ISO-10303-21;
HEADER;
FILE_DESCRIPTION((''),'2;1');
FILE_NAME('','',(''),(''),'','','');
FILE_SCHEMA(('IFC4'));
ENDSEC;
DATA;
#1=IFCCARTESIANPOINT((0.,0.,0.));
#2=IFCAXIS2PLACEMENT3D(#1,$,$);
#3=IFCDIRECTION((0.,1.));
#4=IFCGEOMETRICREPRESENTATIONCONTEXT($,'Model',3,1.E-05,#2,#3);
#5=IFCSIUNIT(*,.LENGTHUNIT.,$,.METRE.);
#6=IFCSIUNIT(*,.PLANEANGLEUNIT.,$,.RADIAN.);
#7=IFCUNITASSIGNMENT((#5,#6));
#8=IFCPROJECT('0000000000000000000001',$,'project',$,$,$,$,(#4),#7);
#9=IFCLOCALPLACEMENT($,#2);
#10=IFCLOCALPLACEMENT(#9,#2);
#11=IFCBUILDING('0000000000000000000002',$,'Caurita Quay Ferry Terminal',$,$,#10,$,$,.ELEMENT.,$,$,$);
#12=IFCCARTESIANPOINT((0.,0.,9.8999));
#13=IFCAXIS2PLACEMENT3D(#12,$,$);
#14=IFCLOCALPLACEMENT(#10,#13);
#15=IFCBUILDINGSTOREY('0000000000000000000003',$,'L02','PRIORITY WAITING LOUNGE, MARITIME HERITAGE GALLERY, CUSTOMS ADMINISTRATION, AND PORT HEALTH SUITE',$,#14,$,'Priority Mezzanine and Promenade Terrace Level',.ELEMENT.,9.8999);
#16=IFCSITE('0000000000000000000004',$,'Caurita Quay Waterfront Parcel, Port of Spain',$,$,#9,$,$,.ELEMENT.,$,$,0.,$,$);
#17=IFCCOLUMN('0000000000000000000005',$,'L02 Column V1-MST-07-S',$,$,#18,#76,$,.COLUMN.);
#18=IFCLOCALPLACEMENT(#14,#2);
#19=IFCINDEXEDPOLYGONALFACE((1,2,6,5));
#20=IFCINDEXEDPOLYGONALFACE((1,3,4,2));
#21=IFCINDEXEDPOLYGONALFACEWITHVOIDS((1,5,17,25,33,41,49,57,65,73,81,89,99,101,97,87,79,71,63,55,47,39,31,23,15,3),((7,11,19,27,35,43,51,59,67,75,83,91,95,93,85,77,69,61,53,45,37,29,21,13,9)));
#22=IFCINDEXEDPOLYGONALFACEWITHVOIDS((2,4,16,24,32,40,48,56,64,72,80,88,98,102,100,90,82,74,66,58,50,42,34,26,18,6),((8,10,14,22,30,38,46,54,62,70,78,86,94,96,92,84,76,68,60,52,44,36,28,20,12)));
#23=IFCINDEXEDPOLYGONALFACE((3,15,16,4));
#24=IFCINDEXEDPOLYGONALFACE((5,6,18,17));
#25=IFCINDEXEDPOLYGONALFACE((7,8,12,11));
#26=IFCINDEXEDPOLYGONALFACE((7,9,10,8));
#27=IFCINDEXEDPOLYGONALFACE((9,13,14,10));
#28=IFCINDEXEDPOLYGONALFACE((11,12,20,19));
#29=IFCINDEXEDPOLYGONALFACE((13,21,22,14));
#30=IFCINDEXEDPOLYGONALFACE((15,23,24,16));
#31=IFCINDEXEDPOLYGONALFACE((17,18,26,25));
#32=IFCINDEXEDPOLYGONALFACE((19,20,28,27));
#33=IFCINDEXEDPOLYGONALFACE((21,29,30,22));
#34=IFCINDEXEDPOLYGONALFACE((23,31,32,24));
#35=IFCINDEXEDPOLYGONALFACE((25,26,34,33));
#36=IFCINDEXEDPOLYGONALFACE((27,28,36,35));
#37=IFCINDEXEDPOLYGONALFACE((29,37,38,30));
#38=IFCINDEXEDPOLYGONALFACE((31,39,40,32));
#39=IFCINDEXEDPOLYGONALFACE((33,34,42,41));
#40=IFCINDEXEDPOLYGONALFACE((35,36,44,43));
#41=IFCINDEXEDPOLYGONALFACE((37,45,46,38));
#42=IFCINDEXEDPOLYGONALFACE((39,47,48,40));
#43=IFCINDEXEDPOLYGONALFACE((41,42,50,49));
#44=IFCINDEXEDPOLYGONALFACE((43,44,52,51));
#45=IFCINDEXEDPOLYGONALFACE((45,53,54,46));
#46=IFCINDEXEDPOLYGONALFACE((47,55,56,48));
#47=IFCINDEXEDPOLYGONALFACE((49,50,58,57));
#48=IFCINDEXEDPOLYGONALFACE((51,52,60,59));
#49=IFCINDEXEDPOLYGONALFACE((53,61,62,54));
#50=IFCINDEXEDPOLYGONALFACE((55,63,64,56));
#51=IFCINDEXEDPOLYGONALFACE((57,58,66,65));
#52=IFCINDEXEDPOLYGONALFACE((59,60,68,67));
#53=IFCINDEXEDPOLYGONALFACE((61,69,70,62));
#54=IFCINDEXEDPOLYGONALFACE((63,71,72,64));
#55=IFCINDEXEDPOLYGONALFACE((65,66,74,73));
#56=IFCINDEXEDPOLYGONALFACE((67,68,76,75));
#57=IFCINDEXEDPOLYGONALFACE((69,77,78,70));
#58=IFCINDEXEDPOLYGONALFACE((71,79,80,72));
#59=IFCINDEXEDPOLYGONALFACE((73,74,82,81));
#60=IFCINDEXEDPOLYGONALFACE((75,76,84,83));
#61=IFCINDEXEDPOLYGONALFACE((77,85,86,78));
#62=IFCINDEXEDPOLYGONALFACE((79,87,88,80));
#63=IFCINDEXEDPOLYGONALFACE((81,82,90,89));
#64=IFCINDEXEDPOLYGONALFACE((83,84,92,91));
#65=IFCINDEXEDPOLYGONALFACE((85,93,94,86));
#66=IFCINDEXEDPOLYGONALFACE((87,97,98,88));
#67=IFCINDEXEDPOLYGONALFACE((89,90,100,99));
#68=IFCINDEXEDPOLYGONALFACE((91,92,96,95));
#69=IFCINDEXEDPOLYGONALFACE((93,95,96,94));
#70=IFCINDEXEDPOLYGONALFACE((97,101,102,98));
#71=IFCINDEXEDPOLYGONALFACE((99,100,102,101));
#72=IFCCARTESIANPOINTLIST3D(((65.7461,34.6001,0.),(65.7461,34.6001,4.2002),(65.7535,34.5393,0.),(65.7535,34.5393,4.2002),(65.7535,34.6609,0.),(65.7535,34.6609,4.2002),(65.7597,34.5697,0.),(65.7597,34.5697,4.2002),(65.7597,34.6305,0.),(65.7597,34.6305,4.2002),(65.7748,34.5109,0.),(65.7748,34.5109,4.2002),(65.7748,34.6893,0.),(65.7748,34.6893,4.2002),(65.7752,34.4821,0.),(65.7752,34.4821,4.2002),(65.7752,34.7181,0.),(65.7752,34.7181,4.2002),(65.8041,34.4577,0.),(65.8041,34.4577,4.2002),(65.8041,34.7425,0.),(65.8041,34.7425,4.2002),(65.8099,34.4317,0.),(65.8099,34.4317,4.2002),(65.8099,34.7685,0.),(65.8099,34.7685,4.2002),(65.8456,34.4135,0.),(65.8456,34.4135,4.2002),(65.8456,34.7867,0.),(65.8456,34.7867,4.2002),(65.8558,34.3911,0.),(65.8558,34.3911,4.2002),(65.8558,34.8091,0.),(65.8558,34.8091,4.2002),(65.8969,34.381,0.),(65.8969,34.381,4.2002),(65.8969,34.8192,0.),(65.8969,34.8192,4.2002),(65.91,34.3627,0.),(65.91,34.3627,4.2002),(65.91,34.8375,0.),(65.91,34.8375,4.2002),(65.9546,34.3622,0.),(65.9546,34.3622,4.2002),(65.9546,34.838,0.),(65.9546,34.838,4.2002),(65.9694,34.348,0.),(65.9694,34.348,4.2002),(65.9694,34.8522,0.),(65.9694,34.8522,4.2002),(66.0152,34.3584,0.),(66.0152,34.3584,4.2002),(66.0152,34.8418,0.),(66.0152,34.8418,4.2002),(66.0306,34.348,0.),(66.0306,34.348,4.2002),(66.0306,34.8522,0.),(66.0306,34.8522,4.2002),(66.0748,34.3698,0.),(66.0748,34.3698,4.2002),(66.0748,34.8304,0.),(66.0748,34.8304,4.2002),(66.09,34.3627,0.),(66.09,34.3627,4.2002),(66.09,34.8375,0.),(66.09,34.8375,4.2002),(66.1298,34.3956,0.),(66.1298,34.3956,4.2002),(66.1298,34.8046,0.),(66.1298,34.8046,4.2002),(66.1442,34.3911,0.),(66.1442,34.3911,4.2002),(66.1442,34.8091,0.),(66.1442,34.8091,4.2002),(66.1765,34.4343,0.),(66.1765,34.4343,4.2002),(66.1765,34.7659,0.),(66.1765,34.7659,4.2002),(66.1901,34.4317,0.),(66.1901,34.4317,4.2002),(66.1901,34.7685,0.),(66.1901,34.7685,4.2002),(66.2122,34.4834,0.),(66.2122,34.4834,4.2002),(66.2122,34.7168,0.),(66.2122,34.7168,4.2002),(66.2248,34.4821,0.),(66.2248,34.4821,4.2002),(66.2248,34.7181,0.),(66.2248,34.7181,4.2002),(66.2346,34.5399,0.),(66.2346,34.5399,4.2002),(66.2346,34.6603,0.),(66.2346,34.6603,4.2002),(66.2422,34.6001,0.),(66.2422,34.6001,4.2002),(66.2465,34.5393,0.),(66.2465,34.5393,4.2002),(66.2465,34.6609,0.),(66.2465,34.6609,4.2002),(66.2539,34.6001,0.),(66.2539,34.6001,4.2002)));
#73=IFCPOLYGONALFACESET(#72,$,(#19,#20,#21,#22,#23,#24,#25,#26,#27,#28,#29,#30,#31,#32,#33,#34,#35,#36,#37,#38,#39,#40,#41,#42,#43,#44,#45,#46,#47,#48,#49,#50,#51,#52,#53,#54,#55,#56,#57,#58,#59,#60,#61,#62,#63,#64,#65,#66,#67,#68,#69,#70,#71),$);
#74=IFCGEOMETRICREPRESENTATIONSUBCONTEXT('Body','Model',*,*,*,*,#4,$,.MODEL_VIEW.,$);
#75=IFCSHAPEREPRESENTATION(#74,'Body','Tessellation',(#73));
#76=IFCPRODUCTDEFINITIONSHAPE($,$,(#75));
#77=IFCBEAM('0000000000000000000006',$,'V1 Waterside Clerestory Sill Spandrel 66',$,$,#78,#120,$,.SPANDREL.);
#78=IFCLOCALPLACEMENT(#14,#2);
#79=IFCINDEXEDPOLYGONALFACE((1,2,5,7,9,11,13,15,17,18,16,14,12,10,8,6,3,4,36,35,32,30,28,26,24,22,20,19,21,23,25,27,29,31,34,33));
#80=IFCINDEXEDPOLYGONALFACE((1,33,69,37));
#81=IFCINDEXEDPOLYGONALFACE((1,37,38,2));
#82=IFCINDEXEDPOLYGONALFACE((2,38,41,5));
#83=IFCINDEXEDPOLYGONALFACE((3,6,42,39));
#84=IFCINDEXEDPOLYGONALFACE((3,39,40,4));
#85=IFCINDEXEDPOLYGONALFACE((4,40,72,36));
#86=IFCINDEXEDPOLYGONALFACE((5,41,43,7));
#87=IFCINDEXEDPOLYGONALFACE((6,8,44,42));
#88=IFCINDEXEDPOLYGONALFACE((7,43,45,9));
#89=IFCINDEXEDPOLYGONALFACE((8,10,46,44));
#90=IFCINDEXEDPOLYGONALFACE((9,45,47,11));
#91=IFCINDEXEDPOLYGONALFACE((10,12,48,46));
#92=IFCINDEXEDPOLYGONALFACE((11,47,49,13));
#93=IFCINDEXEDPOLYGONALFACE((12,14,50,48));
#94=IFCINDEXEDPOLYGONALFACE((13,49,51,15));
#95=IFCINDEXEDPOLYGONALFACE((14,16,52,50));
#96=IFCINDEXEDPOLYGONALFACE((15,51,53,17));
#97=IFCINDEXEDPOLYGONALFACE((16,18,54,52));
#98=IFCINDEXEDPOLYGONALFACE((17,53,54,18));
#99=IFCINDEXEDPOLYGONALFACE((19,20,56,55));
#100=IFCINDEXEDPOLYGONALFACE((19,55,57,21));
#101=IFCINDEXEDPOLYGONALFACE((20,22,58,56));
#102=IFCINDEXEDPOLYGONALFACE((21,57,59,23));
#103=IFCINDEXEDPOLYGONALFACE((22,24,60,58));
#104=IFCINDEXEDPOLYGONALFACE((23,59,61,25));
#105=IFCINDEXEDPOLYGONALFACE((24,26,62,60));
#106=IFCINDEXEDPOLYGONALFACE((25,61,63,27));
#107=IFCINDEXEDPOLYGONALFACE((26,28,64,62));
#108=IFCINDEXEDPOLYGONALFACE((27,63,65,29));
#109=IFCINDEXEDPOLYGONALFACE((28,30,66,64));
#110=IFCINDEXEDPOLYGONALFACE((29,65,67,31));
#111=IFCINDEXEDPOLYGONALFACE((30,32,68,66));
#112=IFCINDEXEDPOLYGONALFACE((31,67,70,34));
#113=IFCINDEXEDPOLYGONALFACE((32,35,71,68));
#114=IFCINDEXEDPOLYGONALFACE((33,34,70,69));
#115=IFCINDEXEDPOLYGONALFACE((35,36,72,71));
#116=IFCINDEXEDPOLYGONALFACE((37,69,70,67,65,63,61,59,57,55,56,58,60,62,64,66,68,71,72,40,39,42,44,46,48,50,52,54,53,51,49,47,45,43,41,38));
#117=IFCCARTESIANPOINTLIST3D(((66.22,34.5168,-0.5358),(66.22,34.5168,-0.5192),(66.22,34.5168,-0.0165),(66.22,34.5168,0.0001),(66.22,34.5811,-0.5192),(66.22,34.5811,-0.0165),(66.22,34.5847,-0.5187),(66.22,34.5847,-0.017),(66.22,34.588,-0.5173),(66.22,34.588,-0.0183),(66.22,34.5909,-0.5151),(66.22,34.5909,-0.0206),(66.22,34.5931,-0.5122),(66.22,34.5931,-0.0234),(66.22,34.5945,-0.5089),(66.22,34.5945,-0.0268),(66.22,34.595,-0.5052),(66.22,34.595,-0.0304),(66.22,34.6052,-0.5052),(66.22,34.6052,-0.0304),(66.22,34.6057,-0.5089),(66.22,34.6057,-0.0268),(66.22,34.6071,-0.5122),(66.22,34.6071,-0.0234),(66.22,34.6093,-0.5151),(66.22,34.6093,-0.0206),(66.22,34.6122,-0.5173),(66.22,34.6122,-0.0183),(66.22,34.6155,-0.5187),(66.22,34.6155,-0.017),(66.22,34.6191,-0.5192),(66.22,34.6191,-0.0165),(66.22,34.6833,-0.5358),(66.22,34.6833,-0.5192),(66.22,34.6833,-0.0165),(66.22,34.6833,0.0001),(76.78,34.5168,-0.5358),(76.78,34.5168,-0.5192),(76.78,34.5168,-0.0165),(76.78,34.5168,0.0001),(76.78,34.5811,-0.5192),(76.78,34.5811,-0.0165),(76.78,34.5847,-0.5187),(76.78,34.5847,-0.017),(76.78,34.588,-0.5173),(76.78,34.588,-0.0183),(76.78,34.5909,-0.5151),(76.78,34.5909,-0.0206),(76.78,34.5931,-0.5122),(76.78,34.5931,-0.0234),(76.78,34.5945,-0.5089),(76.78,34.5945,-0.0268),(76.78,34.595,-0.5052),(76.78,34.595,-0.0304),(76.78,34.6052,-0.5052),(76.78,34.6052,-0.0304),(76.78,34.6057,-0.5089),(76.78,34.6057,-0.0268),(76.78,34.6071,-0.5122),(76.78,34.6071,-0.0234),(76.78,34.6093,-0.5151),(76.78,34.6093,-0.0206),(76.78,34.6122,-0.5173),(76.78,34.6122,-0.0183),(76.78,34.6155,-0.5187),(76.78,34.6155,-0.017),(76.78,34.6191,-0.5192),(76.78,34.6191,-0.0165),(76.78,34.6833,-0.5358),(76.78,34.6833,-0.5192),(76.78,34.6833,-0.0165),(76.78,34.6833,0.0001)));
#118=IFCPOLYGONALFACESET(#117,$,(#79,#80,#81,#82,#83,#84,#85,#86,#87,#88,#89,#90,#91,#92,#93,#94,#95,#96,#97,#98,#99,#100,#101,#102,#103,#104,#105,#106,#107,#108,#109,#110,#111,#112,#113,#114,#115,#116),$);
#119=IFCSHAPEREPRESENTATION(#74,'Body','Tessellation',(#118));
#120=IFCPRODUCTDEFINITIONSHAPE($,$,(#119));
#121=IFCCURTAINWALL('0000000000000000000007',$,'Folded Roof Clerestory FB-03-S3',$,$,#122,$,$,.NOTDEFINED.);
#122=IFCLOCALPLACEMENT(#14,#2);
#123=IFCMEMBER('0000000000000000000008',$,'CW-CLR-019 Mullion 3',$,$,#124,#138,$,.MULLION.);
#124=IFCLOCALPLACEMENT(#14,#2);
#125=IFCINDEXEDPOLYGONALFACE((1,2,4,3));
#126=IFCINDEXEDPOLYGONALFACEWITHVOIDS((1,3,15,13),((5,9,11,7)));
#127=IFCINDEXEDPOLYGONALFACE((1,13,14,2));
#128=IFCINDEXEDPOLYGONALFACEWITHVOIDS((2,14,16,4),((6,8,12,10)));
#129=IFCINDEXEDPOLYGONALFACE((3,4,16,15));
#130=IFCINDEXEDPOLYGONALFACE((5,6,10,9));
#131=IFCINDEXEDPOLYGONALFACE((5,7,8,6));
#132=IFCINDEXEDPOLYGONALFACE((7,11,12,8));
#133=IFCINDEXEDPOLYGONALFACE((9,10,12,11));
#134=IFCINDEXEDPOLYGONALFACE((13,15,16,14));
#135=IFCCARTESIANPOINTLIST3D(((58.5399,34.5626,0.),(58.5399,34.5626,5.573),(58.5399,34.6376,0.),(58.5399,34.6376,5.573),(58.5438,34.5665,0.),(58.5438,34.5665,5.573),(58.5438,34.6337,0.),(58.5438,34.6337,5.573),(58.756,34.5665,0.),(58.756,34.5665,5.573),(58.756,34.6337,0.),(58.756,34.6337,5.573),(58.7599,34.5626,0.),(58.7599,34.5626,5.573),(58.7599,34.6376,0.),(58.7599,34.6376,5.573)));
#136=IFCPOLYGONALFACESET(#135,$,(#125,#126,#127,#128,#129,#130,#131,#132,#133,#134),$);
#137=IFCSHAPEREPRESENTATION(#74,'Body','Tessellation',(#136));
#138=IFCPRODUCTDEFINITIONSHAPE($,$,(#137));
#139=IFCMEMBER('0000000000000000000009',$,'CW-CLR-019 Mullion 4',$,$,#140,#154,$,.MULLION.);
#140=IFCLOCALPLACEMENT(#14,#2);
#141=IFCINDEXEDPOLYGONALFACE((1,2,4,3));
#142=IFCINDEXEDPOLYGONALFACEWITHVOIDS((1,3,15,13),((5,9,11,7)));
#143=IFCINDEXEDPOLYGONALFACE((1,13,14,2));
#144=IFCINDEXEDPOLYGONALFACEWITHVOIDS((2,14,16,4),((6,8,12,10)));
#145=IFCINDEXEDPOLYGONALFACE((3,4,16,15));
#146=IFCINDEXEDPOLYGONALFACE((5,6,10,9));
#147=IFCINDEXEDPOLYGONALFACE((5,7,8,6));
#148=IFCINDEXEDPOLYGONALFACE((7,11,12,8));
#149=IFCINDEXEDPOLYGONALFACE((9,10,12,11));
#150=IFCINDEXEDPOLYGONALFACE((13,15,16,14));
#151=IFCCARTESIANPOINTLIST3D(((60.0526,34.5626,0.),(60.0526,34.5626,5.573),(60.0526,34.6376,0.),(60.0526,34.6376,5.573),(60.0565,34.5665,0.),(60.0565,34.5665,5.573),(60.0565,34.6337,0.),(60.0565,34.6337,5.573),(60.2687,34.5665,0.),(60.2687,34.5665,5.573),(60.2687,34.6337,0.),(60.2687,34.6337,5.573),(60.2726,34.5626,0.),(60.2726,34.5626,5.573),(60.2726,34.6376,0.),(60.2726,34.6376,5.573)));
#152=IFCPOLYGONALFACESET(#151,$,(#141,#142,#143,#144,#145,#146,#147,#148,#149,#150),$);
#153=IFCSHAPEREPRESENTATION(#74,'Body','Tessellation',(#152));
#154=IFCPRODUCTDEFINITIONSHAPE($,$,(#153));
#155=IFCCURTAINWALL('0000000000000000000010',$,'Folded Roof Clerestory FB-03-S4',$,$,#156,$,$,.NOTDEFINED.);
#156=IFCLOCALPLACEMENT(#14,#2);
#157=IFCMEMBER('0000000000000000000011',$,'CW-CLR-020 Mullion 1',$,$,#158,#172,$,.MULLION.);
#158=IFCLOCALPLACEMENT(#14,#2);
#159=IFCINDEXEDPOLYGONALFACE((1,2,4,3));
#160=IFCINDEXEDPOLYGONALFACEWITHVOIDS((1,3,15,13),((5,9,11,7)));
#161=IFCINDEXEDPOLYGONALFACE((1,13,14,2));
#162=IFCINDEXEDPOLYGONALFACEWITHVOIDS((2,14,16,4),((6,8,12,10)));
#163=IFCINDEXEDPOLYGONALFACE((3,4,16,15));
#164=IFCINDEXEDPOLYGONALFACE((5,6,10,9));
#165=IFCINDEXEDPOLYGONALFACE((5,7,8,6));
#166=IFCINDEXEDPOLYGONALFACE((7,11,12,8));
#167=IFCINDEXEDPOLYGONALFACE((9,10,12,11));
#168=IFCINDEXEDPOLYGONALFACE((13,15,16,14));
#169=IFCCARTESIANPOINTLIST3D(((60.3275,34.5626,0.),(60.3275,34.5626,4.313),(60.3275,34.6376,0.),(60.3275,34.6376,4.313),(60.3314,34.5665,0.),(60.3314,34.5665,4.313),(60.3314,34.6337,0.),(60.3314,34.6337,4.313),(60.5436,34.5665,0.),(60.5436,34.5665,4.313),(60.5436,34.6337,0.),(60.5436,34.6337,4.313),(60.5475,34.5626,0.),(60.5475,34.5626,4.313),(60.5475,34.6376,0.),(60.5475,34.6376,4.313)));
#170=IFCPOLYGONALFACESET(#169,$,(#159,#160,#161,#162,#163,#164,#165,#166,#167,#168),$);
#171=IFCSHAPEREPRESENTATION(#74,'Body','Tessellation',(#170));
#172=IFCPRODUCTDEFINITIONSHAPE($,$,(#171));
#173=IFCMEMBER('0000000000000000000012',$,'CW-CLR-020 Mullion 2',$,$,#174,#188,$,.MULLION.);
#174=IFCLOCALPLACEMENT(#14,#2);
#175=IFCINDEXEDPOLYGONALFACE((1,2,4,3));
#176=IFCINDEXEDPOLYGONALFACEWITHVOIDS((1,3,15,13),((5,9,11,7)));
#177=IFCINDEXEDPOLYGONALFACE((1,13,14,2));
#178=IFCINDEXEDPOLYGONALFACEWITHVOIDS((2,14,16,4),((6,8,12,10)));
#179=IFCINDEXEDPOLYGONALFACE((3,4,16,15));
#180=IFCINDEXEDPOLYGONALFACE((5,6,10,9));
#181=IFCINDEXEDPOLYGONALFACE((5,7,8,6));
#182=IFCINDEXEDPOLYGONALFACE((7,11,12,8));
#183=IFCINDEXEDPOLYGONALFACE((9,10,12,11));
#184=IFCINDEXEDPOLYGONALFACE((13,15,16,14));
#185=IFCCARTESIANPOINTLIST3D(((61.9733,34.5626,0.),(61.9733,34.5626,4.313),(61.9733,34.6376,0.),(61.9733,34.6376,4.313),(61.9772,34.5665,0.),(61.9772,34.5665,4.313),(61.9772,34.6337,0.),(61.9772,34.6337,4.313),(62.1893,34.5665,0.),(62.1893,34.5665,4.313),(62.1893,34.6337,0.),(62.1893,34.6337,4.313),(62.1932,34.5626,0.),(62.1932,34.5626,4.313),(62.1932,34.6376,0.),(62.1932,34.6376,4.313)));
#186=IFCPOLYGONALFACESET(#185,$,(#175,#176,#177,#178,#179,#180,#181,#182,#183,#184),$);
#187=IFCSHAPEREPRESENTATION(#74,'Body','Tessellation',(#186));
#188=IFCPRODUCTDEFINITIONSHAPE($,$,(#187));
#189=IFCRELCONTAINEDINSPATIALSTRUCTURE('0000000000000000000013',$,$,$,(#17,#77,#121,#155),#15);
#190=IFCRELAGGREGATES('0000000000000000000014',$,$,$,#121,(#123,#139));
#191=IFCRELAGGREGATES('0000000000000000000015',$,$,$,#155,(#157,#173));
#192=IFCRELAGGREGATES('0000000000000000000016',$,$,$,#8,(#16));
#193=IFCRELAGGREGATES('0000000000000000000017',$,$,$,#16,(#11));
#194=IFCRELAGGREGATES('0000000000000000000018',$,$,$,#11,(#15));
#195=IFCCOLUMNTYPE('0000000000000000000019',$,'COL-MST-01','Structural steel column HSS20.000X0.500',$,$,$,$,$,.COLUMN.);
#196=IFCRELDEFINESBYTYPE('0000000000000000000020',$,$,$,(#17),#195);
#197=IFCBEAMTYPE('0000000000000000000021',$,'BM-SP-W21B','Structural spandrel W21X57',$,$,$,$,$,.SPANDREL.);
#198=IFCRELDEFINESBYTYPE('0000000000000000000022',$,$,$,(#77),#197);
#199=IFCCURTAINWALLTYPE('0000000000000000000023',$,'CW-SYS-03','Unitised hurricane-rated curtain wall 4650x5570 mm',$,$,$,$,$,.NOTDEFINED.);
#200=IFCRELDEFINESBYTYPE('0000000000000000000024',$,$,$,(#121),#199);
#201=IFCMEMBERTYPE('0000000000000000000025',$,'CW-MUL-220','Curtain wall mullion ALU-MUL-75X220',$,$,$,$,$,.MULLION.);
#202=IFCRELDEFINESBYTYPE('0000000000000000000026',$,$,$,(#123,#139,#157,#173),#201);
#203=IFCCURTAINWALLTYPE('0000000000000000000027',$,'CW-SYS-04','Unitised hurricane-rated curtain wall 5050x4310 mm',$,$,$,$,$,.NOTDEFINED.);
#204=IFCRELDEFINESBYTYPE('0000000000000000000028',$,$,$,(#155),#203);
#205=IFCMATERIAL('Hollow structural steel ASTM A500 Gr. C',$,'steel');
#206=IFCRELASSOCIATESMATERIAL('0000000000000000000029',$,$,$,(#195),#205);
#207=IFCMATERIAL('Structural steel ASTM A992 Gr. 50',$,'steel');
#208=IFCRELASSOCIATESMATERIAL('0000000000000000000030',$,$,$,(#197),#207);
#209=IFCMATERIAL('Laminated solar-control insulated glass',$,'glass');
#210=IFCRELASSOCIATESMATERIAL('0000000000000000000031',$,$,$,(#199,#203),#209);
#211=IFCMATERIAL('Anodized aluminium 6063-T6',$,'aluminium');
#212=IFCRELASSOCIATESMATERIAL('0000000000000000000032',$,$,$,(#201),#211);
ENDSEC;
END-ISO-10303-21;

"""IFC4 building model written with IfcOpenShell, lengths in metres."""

from ifc_helpers import new_model, si_unit, direction, frame, origin, origin_2d, place, context, subcontext, project, spatial, hollow_rectangle, hollow_circle, i_section, extrude, material, material_profile, profile_set, type_object, element, aggregate, save


model = new_model("IFC4")

# Units and contexts
model_context = context("Model", 3, precision=1e-05, world=origin(), true_north=direction((0.0, 1.0)))
body_context = subcontext(model_context, "Body", "Model", "MODEL_VIEW")
ifc_project = project(units=[si_unit("LENGTHUNIT", "METRE"), si_unit("PLANEANGLEUNIT", "RADIAN")], contexts=[model_context])

# Site, building, storey
site_placement = place(None, origin())
site = spatial("IfcSite", under=ifc_project, at=site_placement, Name="Caurita Quay Waterfront Parcel, Port of Spain", CompositionType="ELEMENT", RefElevation=0.0)
building_placement = place(site_placement, origin())
building = spatial("IfcBuilding", under=site, at=building_placement, Name="Caurita Quay Ferry Terminal", CompositionType="ELEMENT")
storey_placement = place(building_placement, frame((0.0, 0.0, 9.8999)))
storey = spatial("IfcBuildingStorey", under=building, at=storey_placement, Name="L02", Description="PRIORITY WAITING LOUNGE, MARITIME HERITAGE GALLERY, CUSTOMS ADMINISTRATION, AND PORT HEALTH SUITE", LongName="Priority Mezzanine and Promenade Terrace Level", CompositionType="ELEMENT", Elevation=9.8999)

# Column
ifc_material_1 = material(Name="Hollow structural steel ASTM A500 Gr. C", Category="steel")
ifc_material_profile_1 = material_profile(ifc_material_1, hollow_circle(Radius=0.2539, WallThickness=0.0117, at=origin_2d()), Name="HSS20.000X0.500")
ifc_profile_set_1 = profile_set([ifc_material_profile_1], Name="Hollow structural steel ASTM A500 Gr. C")
column_type = type_object("IfcColumnType", Name="COL-MST-01", Description="Structural steel column HSS20.000X0.500", PredefinedType="COLUMN", material=ifc_profile_set_1)
column_placement = place(storey_placement, frame((66.0, 34.6001, 0.0), z_axis=(0.0, 0.0, 1.0), x_axis=(1.0, 0.0, 0.0)))
element("IfcColumn", 1, at=column_placement, inside=storey, type_object=column_type, Name="L02 Column V1-MST-07-S", PredefinedType="COLUMN", context=body_context, shape_type="SweptSolid", body=[
    extrude(hollow_circle(Radius=0.2539, WallThickness=0.0117, at=origin_2d()), origin(), (0.0, 0.0, 1.0), 4.2002),
])

# Beam
ifc_material_2 = material(Name="Structural steel ASTM A992 Gr. 50", Category="steel")
ifc_material_profile_2 = material_profile(ifc_material_2, i_section(OverallWidth=0.1665, OverallDepth=0.5359, WebThickness=0.0103, FlangeThickness=0.0166, FilletRadius=0.0139, at=origin_2d()), Name="W21X57")
ifc_profile_set_2 = profile_set([ifc_material_profile_2], Name="Structural steel ASTM A992 Gr. 50")
beam_type = type_object("IfcBeamType", Name="BM-SP-W21B", Description="Structural spandrel W21X57", PredefinedType="SPANDREL", material=ifc_profile_set_2)
beam_placement = place(storey_placement, frame((66.22, 34.6001, -0.2678), z_axis=(1.0, 0.0, 0.0), x_axis=(0.0, 1.0, 0.0)))
element("IfcBeam", 2, at=beam_placement, inside=storey, type_object=beam_type, Name="V1 Waterside Clerestory Sill Spandrel 66", PredefinedType="SPANDREL", context=body_context, shape_type="SweptSolid", body=[
    extrude(i_section(OverallWidth=0.1665, OverallDepth=0.5359, WebThickness=0.0103, FlangeThickness=0.0166, FilletRadius=0.0139, at=origin_2d()), origin(), (0.0, 0.0, 1.0), 10.5601),
])

# Curtain walls, members
ifc_material_3 = material(Name="Laminated solar-control insulated glass", Category="glass")
curtain_wall_type_1 = type_object("IfcCurtainWallType", Name="CW-SYS-03", Description="Unitised hurricane-rated curtain wall 4650x5570 mm", PredefinedType="NOTDEFINED", material=ifc_material_3)
curtain_wall_1_placement = place(storey_placement, origin())
curtain_wall_1 = element("IfcCurtainWall", 3, at=curtain_wall_1_placement, inside=storey, type_object=curtain_wall_type_1, Name="Folded Roof Clerestory FB-03-S3", PredefinedType="NOTDEFINED")
ifc_material_4 = material(Name="Anodized aluminium 6063-T6", Category="aluminium")
ifc_material_profile_3 = material_profile(ifc_material_4, hollow_rectangle(XDim=0.075, YDim=0.22, WallThickness=0.0039, at=origin_2d()), Name="ALU-MUL-75X220")
ifc_profile_set_3 = profile_set([ifc_material_profile_3], Name="Anodized aluminium 6063-T6")
member_type_1 = type_object("IfcMemberType", Name="CW-MUL-220", Description="Curtain wall mullion ALU-MUL-75X220", PredefinedType="MULLION", material=ifc_profile_set_3)
member_1_placement = place(storey_placement, frame((58.6499, 34.6001, 0.0), z_axis=(0.0, 0.0, 1.0), x_axis=(0.0, 1.0, 0.0)))
member_1 = element("IfcMember", 4, at=member_1_placement, type_object=member_type_1, Name="CW-CLR-019 Mullion 3", PredefinedType="MULLION", context=body_context, shape_type="SweptSolid", body=[
    extrude(hollow_rectangle(XDim=0.075, YDim=0.22, WallThickness=0.0039, at=origin_2d()), origin(), (0.0, 0.0, 1.0), 5.573),
])
member_2_placement = place(storey_placement, frame((60.1626, 34.6001, 0.0), z_axis=(0.0, 0.0, 1.0), x_axis=(0.0, 1.0, 0.0)))
member_2 = element("IfcMember", 5, at=member_2_placement, type_object=member_type_1, Name="CW-CLR-019 Mullion 4", PredefinedType="MULLION", context=body_context, shape_type="SweptSolid", body=[
    extrude(hollow_rectangle(XDim=0.075, YDim=0.22, WallThickness=0.0039, at=origin_2d()), origin(), (0.0, 0.0, 1.0), 5.573),
])
curtain_wall_type_2 = type_object("IfcCurtainWallType", Name="CW-SYS-04", Description="Unitised hurricane-rated curtain wall 5050x4310 mm", PredefinedType="NOTDEFINED", material=ifc_material_3)
curtain_wall_2_placement = place(storey_placement, origin())
curtain_wall_2 = element("IfcCurtainWall", 6, at=curtain_wall_2_placement, inside=storey, type_object=curtain_wall_type_2, Name="Folded Roof Clerestory FB-03-S4", PredefinedType="NOTDEFINED")
member_3_placement = place(storey_placement, frame((60.4375, 34.6001, 0.0), z_axis=(0.0, 0.0, 1.0), x_axis=(0.0, 1.0, 0.0)))
member_3 = element("IfcMember", 7, at=member_3_placement, type_object=member_type_1, Name="CW-CLR-020 Mullion 1", PredefinedType="MULLION", context=body_context, shape_type="SweptSolid", body=[
    extrude(hollow_rectangle(XDim=0.075, YDim=0.22, WallThickness=0.0039, at=origin_2d()), origin(), (0.0, 0.0, 1.0), 4.313),
])
member_4_placement = place(storey_placement, frame((62.0833, 34.6001, 0.0), z_axis=(0.0, 0.0, 1.0), x_axis=(0.0, 1.0, 0.0)))
member_4 = element("IfcMember", 8, at=member_4_placement, type_object=member_type_1, Name="CW-CLR-020 Mullion 2", PredefinedType="MULLION", context=body_context, shape_type="SweptSolid", body=[
    extrude(hollow_rectangle(XDim=0.075, YDim=0.22, WallThickness=0.0039, at=origin_2d()), origin(), (0.0, 0.0, 1.0), 4.313),
])

aggregate(curtain_wall_1, [member_1, member_2])
aggregate(curtain_wall_2, [member_3, member_4])

save(model, "model.ifc")
